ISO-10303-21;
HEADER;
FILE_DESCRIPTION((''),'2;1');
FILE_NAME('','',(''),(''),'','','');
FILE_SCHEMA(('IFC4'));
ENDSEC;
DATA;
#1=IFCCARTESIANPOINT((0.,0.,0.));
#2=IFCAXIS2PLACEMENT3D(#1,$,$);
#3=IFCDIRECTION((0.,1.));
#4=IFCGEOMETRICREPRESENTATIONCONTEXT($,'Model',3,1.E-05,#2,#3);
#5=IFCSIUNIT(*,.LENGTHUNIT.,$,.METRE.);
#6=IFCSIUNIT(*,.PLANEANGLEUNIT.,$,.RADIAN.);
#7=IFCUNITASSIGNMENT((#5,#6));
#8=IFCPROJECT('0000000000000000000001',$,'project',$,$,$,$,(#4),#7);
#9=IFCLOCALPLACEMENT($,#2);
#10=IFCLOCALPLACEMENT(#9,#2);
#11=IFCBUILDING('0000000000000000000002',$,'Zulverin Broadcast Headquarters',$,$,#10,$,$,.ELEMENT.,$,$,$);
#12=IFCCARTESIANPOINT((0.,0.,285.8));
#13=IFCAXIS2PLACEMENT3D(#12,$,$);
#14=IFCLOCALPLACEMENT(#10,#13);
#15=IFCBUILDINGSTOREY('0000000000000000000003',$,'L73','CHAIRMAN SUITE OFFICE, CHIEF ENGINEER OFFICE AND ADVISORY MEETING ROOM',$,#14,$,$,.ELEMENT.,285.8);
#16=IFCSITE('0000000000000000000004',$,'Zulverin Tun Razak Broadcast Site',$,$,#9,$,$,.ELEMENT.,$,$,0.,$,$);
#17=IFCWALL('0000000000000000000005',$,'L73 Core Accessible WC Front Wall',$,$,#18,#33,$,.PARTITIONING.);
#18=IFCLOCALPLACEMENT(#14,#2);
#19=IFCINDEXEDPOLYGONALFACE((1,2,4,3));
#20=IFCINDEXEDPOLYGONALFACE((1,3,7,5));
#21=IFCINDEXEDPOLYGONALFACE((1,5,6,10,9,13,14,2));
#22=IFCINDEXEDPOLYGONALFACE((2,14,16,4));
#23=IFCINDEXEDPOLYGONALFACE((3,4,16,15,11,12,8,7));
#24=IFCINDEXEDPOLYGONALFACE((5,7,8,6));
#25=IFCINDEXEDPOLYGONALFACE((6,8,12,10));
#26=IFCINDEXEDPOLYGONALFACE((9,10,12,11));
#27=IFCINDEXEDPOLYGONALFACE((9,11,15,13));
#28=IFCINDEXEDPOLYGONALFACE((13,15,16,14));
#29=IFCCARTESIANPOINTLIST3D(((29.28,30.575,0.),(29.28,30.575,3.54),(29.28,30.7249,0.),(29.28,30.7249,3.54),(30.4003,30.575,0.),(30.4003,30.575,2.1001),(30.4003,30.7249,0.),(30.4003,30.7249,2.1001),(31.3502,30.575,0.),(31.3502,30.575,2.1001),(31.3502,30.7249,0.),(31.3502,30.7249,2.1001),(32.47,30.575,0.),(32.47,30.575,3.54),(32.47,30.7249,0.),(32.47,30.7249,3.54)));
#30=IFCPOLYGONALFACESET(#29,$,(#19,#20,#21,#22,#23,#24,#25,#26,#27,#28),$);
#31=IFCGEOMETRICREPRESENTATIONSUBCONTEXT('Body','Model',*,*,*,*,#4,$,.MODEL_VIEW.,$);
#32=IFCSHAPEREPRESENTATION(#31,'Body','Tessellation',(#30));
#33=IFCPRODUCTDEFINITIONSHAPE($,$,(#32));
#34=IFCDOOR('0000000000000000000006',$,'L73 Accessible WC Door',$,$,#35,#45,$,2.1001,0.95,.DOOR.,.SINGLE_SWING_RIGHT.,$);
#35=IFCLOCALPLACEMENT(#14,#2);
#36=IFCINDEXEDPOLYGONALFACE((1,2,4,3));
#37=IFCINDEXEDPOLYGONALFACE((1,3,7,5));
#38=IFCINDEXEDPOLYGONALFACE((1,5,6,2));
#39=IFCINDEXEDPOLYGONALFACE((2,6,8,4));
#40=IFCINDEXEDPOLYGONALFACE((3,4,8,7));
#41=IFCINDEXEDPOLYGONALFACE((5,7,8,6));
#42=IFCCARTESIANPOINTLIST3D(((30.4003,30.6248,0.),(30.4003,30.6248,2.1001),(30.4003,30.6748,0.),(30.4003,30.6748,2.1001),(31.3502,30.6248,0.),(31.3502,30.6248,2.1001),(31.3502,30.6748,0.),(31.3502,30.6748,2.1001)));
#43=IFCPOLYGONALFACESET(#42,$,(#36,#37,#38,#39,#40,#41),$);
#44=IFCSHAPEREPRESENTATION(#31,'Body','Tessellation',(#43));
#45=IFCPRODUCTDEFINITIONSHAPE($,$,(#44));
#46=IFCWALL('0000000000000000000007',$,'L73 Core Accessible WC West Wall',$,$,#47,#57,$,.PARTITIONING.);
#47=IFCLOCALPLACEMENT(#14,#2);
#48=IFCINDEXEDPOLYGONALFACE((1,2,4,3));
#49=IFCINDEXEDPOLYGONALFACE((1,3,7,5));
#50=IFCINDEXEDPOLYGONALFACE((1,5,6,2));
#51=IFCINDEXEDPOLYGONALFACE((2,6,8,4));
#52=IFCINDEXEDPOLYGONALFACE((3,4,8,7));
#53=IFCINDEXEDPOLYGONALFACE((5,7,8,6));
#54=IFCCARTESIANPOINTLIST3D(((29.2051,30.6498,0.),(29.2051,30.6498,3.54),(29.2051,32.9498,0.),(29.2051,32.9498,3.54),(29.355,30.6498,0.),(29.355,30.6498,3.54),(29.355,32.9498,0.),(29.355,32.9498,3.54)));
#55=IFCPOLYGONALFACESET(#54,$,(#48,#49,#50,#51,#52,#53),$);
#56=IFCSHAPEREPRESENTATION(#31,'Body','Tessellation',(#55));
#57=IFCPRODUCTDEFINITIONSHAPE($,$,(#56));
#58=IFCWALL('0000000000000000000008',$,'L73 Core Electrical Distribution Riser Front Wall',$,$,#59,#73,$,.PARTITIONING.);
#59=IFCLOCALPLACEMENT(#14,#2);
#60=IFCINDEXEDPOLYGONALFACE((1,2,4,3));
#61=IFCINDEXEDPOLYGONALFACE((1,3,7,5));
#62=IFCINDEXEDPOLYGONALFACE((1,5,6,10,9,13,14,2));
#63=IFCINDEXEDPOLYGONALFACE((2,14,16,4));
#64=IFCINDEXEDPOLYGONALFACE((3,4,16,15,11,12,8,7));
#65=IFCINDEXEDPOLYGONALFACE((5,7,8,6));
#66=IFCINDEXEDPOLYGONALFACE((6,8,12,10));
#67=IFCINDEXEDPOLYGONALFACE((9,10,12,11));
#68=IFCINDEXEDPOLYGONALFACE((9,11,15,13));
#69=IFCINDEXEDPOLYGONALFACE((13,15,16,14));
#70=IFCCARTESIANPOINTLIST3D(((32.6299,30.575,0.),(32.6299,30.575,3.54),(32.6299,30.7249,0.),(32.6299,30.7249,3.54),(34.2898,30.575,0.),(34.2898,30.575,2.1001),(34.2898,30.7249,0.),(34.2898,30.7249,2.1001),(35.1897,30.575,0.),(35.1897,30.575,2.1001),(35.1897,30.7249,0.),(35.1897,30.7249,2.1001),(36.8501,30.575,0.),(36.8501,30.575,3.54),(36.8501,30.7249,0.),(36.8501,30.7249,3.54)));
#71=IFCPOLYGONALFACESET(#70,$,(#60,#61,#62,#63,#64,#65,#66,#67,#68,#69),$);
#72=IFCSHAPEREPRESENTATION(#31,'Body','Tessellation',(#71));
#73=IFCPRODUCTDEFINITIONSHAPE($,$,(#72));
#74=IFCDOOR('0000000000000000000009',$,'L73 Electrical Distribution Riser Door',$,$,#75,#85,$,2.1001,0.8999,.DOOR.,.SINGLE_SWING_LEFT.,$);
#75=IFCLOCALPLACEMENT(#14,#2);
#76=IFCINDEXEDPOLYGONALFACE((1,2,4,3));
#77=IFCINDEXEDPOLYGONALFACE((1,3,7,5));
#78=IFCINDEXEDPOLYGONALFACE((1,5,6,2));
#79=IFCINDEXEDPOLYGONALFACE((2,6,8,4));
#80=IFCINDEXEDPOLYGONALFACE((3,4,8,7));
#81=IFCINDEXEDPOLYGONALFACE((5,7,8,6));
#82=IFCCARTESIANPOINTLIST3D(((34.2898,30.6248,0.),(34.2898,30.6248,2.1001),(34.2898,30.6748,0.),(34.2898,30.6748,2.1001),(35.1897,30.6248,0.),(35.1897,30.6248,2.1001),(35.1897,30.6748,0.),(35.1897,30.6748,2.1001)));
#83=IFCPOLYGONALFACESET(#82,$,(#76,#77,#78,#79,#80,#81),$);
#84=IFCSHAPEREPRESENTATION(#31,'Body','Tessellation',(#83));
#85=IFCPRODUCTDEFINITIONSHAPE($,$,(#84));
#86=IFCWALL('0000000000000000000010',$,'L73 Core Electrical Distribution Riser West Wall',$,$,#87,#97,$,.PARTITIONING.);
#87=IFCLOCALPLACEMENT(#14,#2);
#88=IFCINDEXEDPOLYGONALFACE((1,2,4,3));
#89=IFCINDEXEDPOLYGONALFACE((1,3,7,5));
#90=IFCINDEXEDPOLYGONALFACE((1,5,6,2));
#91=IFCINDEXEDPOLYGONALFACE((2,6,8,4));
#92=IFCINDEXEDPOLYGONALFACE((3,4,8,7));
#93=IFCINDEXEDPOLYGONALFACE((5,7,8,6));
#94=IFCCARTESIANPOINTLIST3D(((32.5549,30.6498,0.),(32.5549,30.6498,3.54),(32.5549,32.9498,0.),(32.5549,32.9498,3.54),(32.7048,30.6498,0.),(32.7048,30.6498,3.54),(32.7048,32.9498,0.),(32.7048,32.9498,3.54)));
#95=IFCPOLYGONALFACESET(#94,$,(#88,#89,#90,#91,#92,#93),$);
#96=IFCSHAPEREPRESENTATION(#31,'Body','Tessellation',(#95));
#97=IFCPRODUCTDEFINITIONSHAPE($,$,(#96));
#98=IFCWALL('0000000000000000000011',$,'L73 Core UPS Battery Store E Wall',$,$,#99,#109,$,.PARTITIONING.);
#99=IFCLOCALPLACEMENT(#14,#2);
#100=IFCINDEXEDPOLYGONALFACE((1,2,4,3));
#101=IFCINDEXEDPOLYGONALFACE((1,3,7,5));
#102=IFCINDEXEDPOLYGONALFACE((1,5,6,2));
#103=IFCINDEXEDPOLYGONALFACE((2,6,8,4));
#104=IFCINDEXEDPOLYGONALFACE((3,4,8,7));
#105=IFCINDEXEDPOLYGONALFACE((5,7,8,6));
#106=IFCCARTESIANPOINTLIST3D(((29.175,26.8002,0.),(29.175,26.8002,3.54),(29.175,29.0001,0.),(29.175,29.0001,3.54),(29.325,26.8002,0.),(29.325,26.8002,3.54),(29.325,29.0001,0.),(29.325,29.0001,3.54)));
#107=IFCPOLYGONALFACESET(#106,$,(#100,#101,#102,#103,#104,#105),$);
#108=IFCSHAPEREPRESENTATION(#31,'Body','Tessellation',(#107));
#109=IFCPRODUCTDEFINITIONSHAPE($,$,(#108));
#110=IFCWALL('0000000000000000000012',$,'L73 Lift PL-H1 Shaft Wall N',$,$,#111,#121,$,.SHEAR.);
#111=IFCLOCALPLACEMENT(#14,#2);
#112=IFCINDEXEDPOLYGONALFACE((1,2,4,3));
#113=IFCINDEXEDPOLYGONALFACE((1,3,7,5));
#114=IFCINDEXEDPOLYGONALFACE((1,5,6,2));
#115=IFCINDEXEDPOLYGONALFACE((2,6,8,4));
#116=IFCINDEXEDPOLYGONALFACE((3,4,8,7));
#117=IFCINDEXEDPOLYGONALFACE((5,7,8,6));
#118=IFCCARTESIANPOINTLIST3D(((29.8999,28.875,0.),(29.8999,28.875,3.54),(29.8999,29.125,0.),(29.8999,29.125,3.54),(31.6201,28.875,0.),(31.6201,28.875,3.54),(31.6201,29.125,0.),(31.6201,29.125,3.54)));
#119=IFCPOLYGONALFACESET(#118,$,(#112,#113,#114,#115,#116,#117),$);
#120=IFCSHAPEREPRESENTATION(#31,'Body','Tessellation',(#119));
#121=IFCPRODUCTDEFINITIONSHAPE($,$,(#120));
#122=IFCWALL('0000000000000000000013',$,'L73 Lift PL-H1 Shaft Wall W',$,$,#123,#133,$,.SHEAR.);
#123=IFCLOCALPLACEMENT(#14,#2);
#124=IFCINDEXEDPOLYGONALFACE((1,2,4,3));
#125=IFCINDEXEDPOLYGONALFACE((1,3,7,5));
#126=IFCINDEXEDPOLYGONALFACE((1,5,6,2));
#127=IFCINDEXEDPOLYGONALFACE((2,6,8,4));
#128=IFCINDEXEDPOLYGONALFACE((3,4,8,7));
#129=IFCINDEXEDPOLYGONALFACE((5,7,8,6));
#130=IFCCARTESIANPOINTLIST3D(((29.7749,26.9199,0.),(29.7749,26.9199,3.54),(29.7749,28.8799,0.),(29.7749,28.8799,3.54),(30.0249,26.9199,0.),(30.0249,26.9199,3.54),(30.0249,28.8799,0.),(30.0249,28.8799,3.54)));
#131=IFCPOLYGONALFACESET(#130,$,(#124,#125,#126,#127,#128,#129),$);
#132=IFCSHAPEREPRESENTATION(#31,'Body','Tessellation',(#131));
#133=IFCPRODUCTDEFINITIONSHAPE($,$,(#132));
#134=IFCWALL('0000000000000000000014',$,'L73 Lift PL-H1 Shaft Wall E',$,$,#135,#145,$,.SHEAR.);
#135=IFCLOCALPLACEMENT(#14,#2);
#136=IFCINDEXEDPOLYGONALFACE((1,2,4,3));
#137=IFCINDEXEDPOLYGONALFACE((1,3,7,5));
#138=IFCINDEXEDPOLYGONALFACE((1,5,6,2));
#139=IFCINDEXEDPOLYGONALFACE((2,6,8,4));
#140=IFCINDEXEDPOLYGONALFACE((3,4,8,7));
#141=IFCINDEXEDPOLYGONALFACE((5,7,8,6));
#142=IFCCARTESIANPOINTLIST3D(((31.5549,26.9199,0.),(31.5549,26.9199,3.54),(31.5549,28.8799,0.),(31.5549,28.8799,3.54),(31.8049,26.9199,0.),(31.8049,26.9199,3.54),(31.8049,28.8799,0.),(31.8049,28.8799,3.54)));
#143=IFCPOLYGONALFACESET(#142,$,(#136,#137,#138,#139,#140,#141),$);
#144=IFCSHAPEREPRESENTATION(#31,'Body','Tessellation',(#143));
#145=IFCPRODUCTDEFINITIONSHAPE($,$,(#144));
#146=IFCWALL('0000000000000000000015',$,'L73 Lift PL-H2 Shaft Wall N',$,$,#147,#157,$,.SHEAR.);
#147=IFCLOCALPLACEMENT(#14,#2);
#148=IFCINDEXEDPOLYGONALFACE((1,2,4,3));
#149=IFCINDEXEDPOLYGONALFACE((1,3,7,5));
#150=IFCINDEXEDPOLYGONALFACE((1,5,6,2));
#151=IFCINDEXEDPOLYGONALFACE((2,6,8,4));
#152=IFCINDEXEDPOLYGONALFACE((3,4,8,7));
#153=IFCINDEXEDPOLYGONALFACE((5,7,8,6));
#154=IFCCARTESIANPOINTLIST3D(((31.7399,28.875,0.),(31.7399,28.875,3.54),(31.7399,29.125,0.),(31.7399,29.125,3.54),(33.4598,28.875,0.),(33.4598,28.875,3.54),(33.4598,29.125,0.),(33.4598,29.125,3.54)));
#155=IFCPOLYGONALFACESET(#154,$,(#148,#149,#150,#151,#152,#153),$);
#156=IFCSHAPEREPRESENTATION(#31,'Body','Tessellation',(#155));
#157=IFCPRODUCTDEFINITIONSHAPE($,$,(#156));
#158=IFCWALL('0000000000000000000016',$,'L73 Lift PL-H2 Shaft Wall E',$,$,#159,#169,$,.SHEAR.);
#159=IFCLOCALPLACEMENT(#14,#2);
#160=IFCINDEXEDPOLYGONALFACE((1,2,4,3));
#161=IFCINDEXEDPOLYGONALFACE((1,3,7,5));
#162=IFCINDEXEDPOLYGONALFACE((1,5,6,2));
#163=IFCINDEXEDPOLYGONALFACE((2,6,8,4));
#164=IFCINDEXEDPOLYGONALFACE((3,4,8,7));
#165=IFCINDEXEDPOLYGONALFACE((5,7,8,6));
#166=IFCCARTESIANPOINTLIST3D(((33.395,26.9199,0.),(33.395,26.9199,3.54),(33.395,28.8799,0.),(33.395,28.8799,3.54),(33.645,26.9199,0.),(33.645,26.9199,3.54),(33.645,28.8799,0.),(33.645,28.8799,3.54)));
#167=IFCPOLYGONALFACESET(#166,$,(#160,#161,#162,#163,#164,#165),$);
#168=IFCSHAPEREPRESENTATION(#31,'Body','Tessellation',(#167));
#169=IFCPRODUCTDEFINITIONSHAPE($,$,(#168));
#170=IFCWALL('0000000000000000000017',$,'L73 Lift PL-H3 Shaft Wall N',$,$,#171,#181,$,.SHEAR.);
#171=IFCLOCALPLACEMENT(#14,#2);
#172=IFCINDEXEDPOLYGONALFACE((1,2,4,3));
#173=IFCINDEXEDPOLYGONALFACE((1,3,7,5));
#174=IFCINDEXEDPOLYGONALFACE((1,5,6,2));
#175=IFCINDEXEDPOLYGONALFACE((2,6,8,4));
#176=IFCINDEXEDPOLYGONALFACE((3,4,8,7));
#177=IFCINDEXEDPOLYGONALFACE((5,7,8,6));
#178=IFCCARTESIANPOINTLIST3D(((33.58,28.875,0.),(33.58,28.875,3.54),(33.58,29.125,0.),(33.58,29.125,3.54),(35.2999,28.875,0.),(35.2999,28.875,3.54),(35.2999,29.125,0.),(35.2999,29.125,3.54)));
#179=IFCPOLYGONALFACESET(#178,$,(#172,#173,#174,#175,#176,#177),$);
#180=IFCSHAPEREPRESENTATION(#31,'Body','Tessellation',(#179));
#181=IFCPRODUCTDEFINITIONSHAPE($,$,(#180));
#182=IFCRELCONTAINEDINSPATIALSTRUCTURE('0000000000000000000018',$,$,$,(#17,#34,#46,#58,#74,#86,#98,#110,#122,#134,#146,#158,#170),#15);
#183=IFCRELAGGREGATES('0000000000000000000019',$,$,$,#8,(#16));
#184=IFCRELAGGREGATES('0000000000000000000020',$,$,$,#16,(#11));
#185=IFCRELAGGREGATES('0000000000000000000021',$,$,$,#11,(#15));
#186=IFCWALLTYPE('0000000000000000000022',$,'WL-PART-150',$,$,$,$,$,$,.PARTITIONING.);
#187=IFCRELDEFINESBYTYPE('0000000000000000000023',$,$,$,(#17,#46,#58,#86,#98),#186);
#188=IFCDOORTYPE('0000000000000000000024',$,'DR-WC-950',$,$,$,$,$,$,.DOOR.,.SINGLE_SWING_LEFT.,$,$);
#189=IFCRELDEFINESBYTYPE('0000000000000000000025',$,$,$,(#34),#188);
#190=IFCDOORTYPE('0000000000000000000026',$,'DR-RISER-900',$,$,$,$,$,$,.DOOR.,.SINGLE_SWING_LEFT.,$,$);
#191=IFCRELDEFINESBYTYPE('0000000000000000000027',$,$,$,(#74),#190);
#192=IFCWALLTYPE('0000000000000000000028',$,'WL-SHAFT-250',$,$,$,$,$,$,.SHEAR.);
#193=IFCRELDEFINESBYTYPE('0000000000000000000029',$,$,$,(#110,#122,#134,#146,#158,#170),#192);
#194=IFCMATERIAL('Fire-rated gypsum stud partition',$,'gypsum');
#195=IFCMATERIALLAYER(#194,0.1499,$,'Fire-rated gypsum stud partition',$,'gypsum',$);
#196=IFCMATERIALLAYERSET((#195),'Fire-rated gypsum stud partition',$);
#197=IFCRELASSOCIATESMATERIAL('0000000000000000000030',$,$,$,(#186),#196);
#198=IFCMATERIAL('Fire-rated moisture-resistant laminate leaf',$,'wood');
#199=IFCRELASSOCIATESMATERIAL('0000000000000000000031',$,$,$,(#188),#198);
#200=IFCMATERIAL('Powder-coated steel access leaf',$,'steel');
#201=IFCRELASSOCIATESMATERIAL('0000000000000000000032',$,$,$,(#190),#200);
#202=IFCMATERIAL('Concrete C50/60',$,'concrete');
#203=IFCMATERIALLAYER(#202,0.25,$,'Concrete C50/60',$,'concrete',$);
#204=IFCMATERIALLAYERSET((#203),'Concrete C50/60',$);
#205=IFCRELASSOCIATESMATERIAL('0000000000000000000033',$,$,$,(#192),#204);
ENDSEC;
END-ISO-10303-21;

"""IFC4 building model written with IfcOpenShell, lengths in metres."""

from ifc_helpers import new_model, si_unit, direction, frame, frame_2d, origin, place, context, subcontext, project, spatial, rectangle, extrude, material, layer, layer_set, type_object, element, fill, save


model = new_model("IFC4")

# Units and contexts
model_context = context("Model", 3, precision=1e-05, world=origin(), true_north=direction((0.0, 1.0)))
body_context = subcontext(model_context, "Body", "Model", "MODEL_VIEW")
ifc_project = project(units=[si_unit("LENGTHUNIT", "METRE"), si_unit("PLANEANGLEUNIT", "RADIAN")], contexts=[model_context])

# Site, building, storey
site_placement = place(None, origin())
site = spatial("IfcSite", under=ifc_project, at=site_placement, Name="Zulverin Tun Razak Broadcast Site", CompositionType="ELEMENT", RefElevation=0.0)
building_placement = place(site_placement, origin())
building = spatial("IfcBuilding", under=site, at=building_placement, Name="Zulverin Broadcast Headquarters", CompositionType="ELEMENT")
storey_placement = place(building_placement, frame((0.0, 0.0, 285.8)))
storey = spatial("IfcBuildingStorey", under=building, at=storey_placement, Name="L73", Description="CHAIRMAN SUITE OFFICE, CHIEF ENGINEER OFFICE AND ADVISORY MEETING ROOM", CompositionType="ELEMENT", Elevation=285.8)

# Wall, opening, door
ifc_material_1 = material(Name="Fire-rated gypsum stud partition", Category="gypsum")
ifc_layer_1 = layer(ifc_material_1, 0.1499, Name="Fire-rated gypsum stud partition", Category="gypsum")
ifc_layer_set_1 = layer_set([ifc_layer_1], Name="Fire-rated gypsum stud partition")
wall_type_1 = type_object("IfcWallType", Name="WL-PART-150", PredefinedType="PARTITIONING", material=ifc_layer_set_1)
wall_1_placement = place(storey_placement, frame((29.28, 30.6499, 0.0), z_axis=(0.0, 0.0, 1.0), x_axis=(1.0, 0.0, 0.0)))
wall_1 = element("IfcWall", 1, at=wall_1_placement, inside=storey, type_object=wall_type_1, Name="L73 Core Accessible WC Front Wall", PredefinedType="PARTITIONING", context=body_context, shape_type="SweptSolid", body=[
    extrude(rectangle(XDim=3.1899, YDim=0.1499, at=frame_2d((1.595, 0.0))), origin(), (0.0, 0.0, 1.0), 3.54),
])
opening_1_placement = place(wall_1_placement, frame((1.1201, 0.0, 0.0)))
opening_1 = element("IfcOpeningElement", 2, at=opening_1_placement, cuts=wall_1, PredefinedType="OPENING", context=body_context, shape_type="SweptSolid", body=[
    extrude(rectangle(XDim=0.95, YDim=2.1001, at=frame_2d((0.4751, 1.05))), frame((0.0, 0.085, 0.0), z_axis=(0.0, -1.0, 0.0), x_axis=(1.0, 0.0, 0.0)), (0.0, 0.0, 1.0), 0.1699),
])
ifc_material_2 = material(Name="Fire-rated moisture-resistant laminate leaf", Category="wood")
door_type_1 = type_object("IfcDoorType", Name="DR-WC-950", OperationType="SINGLE_SWING_LEFT", PredefinedType="DOOR", material=ifc_material_2)
door_1_placement = place(opening_1_placement, origin())
door_1 = element("IfcDoor", 3, at=door_1_placement, inside=storey, type_object=door_type_1, Name="L73 Accessible WC Door", OperationType="SINGLE_SWING_RIGHT", OverallHeight=2.1001, OverallWidth=0.95, PredefinedType="DOOR", context=body_context, shape_type="SweptSolid", body=[
    extrude(rectangle(XDim=0.95, YDim=2.1001, at=frame_2d((0.4751, 1.05))), frame((0.0, 0.0249, 0.0), z_axis=(0.0, -1.0, 0.0), x_axis=(1.0, 0.0, 0.0)), (0.0, 0.0, 1.0), 0.05),
])
fill(opening_1, door_1)

# Wall
wall_2_placement = place(storey_placement, frame((29.28, 30.6499, 0.0), z_axis=(0.0, 0.0, 1.0), x_axis=(0.0, 1.0, 0.0)))
element("IfcWall", 4, at=wall_2_placement, inside=storey, type_object=wall_type_1, Name="L73 Core Accessible WC West Wall", PredefinedType="PARTITIONING", context=body_context, shape_type="SweptSolid", body=[
    extrude(rectangle(XDim=2.3, YDim=0.1499, at=frame_2d((1.1499, 0.0))), origin(), (0.0, 0.0, 1.0), 3.54),
])

# Wall, opening, door
wall_3_placement = place(storey_placement, frame((32.6299, 30.6499, 0.0), z_axis=(0.0, 0.0, 1.0), x_axis=(1.0, 0.0, 0.0)))
wall_3 = element("IfcWall", 5, at=wall_3_placement, inside=storey, type_object=wall_type_1, Name="L73 Core Electrical Distribution Riser Front Wall", PredefinedType="PARTITIONING", context=body_context, shape_type="SweptSolid", body=[
    extrude(rectangle(XDim=4.2202, YDim=0.1499, at=frame_2d((2.1101, 0.0))), origin(), (0.0, 0.0, 1.0), 3.54),
])
opening_2_placement = place(wall_3_placement, frame((1.6599, 0.0, 0.0)))
opening_2 = element("IfcOpeningElement", 6, at=opening_2_placement, cuts=wall_3, PredefinedType="OPENING", context=body_context, shape_type="SweptSolid", body=[
    extrude(rectangle(XDim=0.8999, YDim=2.1001, at=frame_2d((0.45, 1.05))), frame((0.0, 0.085, 0.0), z_axis=(0.0, -1.0, 0.0), x_axis=(1.0, 0.0, 0.0)), (0.0, 0.0, 1.0), 0.1699),
])
ifc_material_3 = material(Name="Powder-coated steel access leaf", Category="steel")
door_type_2 = type_object("IfcDoorType", Name="DR-RISER-900", OperationType="SINGLE_SWING_LEFT", PredefinedType="DOOR", material=ifc_material_3)
door_2_placement = place(opening_2_placement, origin())
door_2 = element("IfcDoor", 7, at=door_2_placement, inside=storey, type_object=door_type_2, Name="L73 Electrical Distribution Riser Door", OperationType="SINGLE_SWING_LEFT", OverallHeight=2.1001, OverallWidth=0.8999, PredefinedType="DOOR", context=body_context, shape_type="SweptSolid", body=[
    extrude(rectangle(XDim=0.8999, YDim=2.1001, at=frame_2d((0.45, 1.05))), frame((0.0, 0.0249, 0.0), z_axis=(0.0, -1.0, 0.0), x_axis=(1.0, 0.0, 0.0)), (0.0, 0.0, 1.0), 0.05),
])
fill(opening_2, door_2)

# Walls
wall_4_placement = place(storey_placement, frame((32.6299, 30.6499, 0.0), z_axis=(0.0, 0.0, 1.0), x_axis=(0.0, 1.0, 0.0)))
element("IfcWall", 8, at=wall_4_placement, inside=storey, type_object=wall_type_1, Name="L73 Core Electrical Distribution Riser West Wall", PredefinedType="PARTITIONING", context=body_context, shape_type="SweptSolid", body=[
    extrude(rectangle(XDim=2.3, YDim=0.1499, at=frame_2d((1.1499, 0.0))), origin(), (0.0, 0.0, 1.0), 3.54),
])
wall_5_placement = place(storey_placement, frame((29.25, 26.8, 0.0), z_axis=(0.0, 0.0, 1.0), x_axis=(0.0, 1.0, 0.0)))
element("IfcWall", 9, at=wall_5_placement, inside=storey, type_object=wall_type_1, Name="L73 Core UPS Battery Store E Wall", PredefinedType="PARTITIONING", context=body_context, shape_type="SweptSolid", body=[
    extrude(rectangle(XDim=2.2, YDim=0.1499, at=frame_2d((1.1001, 0.0))), origin(), (0.0, 0.0, 1.0), 3.54),
])

# Shared definitions
ifc_material_4 = material(Name="Concrete C50/60", Category="concrete")
ifc_layer_2 = layer(ifc_material_4, 0.25, Name="Concrete C50/60", Category="concrete")
ifc_layer_set_2 = layer_set([ifc_layer_2], Name="Concrete C50/60")
wall_type_2 = type_object("IfcWallType", Name="WL-SHAFT-250", PredefinedType="SHEAR", material=ifc_layer_set_2)

# Walls
wall_6_placement = place(storey_placement, frame((29.8999, 29.0, 0.0), z_axis=(0.0, 0.0, 1.0), x_axis=(1.0, 0.0, 0.0)))
element("IfcWall", 10, at=wall_6_placement, inside=storey, type_object=wall_type_2, Name="L73 Lift PL-H1 Shaft Wall N", PredefinedType="SHEAR", context=body_context, shape_type="SweptSolid", body=[
    extrude(rectangle(XDim=1.7202, YDim=0.25, at=frame_2d((0.8601, 0.0))), origin(), (0.0, 0.0, 1.0), 3.54),
])
for number, where, z_axis, x_axis, name in (
    (11, (29.8999, 26.9199, 0.0), (0.0, 0.0, 1.0), (0.0, 1.0, 0.0), "L73 Lift PL-H1 Shaft Wall W"),
    (12, (31.6799, 26.9199, 0.0), (0.0, 0.0, 1.0), (0.0, 1.0, 0.0), "L73 Lift PL-H1 Shaft Wall E"),
):
    element("IfcWall", number, at=place(storey_placement, frame(where, z_axis=z_axis, x_axis=x_axis)), inside=storey, type_object=wall_type_2, Name=name, PredefinedType="SHEAR", context=body_context, shape_type="SweptSolid", body=[
        extrude(rectangle(XDim=1.96, YDim=0.25, at=frame_2d((0.98, 0.0))), origin(), (0.0, 0.0, 1.0), 3.54),
    ])

# Walls
wall_7_placement = place(storey_placement, frame((31.74, 29.0, 0.0), z_axis=(0.0, 0.0, 1.0), x_axis=(1.0, 0.0, 0.0)))
element("IfcWall", 13, at=wall_7_placement, inside=storey, type_object=wall_type_2, Name="L73 Lift PL-H2 Shaft Wall N", PredefinedType="SHEAR", context=body_context, shape_type="SweptSolid", body=[
    extrude(rectangle(XDim=1.72, YDim=0.25, at=frame_2d((0.8599, 0.0))), origin(), (0.0, 0.0, 1.0), 3.54),
])
wall_8_placement = place(storey_placement, frame((33.52, 26.9199, 0.0), z_axis=(0.0, 0.0, 1.0), x_axis=(0.0, 1.0, 0.0)))
element("IfcWall", 14, at=wall_8_placement, inside=storey, type_object=wall_type_2, Name="L73 Lift PL-H2 Shaft Wall E", PredefinedType="SHEAR", context=body_context, shape_type="SweptSolid", body=[
    extrude(rectangle(XDim=1.96, YDim=0.25, at=frame_2d((0.98, 0.0))), origin(), (0.0, 0.0, 1.0), 3.54),
])

# Wall
wall_9_placement = place(storey_placement, frame((33.5801, 29.0, 0.0), z_axis=(0.0, 0.0, 1.0), x_axis=(1.0, 0.0, 0.0)))
element("IfcWall", 15, at=wall_9_placement, inside=storey, type_object=wall_type_2, Name="L73 Lift PL-H3 Shaft Wall N", PredefinedType="SHEAR", context=body_context, shape_type="SweptSolid", body=[
    extrude(rectangle(XDim=1.72, YDim=0.25, at=frame_2d((0.8599, 0.0))), origin(), (0.0, 0.0, 1.0), 3.54),
])

save(model, "model.ifc")
